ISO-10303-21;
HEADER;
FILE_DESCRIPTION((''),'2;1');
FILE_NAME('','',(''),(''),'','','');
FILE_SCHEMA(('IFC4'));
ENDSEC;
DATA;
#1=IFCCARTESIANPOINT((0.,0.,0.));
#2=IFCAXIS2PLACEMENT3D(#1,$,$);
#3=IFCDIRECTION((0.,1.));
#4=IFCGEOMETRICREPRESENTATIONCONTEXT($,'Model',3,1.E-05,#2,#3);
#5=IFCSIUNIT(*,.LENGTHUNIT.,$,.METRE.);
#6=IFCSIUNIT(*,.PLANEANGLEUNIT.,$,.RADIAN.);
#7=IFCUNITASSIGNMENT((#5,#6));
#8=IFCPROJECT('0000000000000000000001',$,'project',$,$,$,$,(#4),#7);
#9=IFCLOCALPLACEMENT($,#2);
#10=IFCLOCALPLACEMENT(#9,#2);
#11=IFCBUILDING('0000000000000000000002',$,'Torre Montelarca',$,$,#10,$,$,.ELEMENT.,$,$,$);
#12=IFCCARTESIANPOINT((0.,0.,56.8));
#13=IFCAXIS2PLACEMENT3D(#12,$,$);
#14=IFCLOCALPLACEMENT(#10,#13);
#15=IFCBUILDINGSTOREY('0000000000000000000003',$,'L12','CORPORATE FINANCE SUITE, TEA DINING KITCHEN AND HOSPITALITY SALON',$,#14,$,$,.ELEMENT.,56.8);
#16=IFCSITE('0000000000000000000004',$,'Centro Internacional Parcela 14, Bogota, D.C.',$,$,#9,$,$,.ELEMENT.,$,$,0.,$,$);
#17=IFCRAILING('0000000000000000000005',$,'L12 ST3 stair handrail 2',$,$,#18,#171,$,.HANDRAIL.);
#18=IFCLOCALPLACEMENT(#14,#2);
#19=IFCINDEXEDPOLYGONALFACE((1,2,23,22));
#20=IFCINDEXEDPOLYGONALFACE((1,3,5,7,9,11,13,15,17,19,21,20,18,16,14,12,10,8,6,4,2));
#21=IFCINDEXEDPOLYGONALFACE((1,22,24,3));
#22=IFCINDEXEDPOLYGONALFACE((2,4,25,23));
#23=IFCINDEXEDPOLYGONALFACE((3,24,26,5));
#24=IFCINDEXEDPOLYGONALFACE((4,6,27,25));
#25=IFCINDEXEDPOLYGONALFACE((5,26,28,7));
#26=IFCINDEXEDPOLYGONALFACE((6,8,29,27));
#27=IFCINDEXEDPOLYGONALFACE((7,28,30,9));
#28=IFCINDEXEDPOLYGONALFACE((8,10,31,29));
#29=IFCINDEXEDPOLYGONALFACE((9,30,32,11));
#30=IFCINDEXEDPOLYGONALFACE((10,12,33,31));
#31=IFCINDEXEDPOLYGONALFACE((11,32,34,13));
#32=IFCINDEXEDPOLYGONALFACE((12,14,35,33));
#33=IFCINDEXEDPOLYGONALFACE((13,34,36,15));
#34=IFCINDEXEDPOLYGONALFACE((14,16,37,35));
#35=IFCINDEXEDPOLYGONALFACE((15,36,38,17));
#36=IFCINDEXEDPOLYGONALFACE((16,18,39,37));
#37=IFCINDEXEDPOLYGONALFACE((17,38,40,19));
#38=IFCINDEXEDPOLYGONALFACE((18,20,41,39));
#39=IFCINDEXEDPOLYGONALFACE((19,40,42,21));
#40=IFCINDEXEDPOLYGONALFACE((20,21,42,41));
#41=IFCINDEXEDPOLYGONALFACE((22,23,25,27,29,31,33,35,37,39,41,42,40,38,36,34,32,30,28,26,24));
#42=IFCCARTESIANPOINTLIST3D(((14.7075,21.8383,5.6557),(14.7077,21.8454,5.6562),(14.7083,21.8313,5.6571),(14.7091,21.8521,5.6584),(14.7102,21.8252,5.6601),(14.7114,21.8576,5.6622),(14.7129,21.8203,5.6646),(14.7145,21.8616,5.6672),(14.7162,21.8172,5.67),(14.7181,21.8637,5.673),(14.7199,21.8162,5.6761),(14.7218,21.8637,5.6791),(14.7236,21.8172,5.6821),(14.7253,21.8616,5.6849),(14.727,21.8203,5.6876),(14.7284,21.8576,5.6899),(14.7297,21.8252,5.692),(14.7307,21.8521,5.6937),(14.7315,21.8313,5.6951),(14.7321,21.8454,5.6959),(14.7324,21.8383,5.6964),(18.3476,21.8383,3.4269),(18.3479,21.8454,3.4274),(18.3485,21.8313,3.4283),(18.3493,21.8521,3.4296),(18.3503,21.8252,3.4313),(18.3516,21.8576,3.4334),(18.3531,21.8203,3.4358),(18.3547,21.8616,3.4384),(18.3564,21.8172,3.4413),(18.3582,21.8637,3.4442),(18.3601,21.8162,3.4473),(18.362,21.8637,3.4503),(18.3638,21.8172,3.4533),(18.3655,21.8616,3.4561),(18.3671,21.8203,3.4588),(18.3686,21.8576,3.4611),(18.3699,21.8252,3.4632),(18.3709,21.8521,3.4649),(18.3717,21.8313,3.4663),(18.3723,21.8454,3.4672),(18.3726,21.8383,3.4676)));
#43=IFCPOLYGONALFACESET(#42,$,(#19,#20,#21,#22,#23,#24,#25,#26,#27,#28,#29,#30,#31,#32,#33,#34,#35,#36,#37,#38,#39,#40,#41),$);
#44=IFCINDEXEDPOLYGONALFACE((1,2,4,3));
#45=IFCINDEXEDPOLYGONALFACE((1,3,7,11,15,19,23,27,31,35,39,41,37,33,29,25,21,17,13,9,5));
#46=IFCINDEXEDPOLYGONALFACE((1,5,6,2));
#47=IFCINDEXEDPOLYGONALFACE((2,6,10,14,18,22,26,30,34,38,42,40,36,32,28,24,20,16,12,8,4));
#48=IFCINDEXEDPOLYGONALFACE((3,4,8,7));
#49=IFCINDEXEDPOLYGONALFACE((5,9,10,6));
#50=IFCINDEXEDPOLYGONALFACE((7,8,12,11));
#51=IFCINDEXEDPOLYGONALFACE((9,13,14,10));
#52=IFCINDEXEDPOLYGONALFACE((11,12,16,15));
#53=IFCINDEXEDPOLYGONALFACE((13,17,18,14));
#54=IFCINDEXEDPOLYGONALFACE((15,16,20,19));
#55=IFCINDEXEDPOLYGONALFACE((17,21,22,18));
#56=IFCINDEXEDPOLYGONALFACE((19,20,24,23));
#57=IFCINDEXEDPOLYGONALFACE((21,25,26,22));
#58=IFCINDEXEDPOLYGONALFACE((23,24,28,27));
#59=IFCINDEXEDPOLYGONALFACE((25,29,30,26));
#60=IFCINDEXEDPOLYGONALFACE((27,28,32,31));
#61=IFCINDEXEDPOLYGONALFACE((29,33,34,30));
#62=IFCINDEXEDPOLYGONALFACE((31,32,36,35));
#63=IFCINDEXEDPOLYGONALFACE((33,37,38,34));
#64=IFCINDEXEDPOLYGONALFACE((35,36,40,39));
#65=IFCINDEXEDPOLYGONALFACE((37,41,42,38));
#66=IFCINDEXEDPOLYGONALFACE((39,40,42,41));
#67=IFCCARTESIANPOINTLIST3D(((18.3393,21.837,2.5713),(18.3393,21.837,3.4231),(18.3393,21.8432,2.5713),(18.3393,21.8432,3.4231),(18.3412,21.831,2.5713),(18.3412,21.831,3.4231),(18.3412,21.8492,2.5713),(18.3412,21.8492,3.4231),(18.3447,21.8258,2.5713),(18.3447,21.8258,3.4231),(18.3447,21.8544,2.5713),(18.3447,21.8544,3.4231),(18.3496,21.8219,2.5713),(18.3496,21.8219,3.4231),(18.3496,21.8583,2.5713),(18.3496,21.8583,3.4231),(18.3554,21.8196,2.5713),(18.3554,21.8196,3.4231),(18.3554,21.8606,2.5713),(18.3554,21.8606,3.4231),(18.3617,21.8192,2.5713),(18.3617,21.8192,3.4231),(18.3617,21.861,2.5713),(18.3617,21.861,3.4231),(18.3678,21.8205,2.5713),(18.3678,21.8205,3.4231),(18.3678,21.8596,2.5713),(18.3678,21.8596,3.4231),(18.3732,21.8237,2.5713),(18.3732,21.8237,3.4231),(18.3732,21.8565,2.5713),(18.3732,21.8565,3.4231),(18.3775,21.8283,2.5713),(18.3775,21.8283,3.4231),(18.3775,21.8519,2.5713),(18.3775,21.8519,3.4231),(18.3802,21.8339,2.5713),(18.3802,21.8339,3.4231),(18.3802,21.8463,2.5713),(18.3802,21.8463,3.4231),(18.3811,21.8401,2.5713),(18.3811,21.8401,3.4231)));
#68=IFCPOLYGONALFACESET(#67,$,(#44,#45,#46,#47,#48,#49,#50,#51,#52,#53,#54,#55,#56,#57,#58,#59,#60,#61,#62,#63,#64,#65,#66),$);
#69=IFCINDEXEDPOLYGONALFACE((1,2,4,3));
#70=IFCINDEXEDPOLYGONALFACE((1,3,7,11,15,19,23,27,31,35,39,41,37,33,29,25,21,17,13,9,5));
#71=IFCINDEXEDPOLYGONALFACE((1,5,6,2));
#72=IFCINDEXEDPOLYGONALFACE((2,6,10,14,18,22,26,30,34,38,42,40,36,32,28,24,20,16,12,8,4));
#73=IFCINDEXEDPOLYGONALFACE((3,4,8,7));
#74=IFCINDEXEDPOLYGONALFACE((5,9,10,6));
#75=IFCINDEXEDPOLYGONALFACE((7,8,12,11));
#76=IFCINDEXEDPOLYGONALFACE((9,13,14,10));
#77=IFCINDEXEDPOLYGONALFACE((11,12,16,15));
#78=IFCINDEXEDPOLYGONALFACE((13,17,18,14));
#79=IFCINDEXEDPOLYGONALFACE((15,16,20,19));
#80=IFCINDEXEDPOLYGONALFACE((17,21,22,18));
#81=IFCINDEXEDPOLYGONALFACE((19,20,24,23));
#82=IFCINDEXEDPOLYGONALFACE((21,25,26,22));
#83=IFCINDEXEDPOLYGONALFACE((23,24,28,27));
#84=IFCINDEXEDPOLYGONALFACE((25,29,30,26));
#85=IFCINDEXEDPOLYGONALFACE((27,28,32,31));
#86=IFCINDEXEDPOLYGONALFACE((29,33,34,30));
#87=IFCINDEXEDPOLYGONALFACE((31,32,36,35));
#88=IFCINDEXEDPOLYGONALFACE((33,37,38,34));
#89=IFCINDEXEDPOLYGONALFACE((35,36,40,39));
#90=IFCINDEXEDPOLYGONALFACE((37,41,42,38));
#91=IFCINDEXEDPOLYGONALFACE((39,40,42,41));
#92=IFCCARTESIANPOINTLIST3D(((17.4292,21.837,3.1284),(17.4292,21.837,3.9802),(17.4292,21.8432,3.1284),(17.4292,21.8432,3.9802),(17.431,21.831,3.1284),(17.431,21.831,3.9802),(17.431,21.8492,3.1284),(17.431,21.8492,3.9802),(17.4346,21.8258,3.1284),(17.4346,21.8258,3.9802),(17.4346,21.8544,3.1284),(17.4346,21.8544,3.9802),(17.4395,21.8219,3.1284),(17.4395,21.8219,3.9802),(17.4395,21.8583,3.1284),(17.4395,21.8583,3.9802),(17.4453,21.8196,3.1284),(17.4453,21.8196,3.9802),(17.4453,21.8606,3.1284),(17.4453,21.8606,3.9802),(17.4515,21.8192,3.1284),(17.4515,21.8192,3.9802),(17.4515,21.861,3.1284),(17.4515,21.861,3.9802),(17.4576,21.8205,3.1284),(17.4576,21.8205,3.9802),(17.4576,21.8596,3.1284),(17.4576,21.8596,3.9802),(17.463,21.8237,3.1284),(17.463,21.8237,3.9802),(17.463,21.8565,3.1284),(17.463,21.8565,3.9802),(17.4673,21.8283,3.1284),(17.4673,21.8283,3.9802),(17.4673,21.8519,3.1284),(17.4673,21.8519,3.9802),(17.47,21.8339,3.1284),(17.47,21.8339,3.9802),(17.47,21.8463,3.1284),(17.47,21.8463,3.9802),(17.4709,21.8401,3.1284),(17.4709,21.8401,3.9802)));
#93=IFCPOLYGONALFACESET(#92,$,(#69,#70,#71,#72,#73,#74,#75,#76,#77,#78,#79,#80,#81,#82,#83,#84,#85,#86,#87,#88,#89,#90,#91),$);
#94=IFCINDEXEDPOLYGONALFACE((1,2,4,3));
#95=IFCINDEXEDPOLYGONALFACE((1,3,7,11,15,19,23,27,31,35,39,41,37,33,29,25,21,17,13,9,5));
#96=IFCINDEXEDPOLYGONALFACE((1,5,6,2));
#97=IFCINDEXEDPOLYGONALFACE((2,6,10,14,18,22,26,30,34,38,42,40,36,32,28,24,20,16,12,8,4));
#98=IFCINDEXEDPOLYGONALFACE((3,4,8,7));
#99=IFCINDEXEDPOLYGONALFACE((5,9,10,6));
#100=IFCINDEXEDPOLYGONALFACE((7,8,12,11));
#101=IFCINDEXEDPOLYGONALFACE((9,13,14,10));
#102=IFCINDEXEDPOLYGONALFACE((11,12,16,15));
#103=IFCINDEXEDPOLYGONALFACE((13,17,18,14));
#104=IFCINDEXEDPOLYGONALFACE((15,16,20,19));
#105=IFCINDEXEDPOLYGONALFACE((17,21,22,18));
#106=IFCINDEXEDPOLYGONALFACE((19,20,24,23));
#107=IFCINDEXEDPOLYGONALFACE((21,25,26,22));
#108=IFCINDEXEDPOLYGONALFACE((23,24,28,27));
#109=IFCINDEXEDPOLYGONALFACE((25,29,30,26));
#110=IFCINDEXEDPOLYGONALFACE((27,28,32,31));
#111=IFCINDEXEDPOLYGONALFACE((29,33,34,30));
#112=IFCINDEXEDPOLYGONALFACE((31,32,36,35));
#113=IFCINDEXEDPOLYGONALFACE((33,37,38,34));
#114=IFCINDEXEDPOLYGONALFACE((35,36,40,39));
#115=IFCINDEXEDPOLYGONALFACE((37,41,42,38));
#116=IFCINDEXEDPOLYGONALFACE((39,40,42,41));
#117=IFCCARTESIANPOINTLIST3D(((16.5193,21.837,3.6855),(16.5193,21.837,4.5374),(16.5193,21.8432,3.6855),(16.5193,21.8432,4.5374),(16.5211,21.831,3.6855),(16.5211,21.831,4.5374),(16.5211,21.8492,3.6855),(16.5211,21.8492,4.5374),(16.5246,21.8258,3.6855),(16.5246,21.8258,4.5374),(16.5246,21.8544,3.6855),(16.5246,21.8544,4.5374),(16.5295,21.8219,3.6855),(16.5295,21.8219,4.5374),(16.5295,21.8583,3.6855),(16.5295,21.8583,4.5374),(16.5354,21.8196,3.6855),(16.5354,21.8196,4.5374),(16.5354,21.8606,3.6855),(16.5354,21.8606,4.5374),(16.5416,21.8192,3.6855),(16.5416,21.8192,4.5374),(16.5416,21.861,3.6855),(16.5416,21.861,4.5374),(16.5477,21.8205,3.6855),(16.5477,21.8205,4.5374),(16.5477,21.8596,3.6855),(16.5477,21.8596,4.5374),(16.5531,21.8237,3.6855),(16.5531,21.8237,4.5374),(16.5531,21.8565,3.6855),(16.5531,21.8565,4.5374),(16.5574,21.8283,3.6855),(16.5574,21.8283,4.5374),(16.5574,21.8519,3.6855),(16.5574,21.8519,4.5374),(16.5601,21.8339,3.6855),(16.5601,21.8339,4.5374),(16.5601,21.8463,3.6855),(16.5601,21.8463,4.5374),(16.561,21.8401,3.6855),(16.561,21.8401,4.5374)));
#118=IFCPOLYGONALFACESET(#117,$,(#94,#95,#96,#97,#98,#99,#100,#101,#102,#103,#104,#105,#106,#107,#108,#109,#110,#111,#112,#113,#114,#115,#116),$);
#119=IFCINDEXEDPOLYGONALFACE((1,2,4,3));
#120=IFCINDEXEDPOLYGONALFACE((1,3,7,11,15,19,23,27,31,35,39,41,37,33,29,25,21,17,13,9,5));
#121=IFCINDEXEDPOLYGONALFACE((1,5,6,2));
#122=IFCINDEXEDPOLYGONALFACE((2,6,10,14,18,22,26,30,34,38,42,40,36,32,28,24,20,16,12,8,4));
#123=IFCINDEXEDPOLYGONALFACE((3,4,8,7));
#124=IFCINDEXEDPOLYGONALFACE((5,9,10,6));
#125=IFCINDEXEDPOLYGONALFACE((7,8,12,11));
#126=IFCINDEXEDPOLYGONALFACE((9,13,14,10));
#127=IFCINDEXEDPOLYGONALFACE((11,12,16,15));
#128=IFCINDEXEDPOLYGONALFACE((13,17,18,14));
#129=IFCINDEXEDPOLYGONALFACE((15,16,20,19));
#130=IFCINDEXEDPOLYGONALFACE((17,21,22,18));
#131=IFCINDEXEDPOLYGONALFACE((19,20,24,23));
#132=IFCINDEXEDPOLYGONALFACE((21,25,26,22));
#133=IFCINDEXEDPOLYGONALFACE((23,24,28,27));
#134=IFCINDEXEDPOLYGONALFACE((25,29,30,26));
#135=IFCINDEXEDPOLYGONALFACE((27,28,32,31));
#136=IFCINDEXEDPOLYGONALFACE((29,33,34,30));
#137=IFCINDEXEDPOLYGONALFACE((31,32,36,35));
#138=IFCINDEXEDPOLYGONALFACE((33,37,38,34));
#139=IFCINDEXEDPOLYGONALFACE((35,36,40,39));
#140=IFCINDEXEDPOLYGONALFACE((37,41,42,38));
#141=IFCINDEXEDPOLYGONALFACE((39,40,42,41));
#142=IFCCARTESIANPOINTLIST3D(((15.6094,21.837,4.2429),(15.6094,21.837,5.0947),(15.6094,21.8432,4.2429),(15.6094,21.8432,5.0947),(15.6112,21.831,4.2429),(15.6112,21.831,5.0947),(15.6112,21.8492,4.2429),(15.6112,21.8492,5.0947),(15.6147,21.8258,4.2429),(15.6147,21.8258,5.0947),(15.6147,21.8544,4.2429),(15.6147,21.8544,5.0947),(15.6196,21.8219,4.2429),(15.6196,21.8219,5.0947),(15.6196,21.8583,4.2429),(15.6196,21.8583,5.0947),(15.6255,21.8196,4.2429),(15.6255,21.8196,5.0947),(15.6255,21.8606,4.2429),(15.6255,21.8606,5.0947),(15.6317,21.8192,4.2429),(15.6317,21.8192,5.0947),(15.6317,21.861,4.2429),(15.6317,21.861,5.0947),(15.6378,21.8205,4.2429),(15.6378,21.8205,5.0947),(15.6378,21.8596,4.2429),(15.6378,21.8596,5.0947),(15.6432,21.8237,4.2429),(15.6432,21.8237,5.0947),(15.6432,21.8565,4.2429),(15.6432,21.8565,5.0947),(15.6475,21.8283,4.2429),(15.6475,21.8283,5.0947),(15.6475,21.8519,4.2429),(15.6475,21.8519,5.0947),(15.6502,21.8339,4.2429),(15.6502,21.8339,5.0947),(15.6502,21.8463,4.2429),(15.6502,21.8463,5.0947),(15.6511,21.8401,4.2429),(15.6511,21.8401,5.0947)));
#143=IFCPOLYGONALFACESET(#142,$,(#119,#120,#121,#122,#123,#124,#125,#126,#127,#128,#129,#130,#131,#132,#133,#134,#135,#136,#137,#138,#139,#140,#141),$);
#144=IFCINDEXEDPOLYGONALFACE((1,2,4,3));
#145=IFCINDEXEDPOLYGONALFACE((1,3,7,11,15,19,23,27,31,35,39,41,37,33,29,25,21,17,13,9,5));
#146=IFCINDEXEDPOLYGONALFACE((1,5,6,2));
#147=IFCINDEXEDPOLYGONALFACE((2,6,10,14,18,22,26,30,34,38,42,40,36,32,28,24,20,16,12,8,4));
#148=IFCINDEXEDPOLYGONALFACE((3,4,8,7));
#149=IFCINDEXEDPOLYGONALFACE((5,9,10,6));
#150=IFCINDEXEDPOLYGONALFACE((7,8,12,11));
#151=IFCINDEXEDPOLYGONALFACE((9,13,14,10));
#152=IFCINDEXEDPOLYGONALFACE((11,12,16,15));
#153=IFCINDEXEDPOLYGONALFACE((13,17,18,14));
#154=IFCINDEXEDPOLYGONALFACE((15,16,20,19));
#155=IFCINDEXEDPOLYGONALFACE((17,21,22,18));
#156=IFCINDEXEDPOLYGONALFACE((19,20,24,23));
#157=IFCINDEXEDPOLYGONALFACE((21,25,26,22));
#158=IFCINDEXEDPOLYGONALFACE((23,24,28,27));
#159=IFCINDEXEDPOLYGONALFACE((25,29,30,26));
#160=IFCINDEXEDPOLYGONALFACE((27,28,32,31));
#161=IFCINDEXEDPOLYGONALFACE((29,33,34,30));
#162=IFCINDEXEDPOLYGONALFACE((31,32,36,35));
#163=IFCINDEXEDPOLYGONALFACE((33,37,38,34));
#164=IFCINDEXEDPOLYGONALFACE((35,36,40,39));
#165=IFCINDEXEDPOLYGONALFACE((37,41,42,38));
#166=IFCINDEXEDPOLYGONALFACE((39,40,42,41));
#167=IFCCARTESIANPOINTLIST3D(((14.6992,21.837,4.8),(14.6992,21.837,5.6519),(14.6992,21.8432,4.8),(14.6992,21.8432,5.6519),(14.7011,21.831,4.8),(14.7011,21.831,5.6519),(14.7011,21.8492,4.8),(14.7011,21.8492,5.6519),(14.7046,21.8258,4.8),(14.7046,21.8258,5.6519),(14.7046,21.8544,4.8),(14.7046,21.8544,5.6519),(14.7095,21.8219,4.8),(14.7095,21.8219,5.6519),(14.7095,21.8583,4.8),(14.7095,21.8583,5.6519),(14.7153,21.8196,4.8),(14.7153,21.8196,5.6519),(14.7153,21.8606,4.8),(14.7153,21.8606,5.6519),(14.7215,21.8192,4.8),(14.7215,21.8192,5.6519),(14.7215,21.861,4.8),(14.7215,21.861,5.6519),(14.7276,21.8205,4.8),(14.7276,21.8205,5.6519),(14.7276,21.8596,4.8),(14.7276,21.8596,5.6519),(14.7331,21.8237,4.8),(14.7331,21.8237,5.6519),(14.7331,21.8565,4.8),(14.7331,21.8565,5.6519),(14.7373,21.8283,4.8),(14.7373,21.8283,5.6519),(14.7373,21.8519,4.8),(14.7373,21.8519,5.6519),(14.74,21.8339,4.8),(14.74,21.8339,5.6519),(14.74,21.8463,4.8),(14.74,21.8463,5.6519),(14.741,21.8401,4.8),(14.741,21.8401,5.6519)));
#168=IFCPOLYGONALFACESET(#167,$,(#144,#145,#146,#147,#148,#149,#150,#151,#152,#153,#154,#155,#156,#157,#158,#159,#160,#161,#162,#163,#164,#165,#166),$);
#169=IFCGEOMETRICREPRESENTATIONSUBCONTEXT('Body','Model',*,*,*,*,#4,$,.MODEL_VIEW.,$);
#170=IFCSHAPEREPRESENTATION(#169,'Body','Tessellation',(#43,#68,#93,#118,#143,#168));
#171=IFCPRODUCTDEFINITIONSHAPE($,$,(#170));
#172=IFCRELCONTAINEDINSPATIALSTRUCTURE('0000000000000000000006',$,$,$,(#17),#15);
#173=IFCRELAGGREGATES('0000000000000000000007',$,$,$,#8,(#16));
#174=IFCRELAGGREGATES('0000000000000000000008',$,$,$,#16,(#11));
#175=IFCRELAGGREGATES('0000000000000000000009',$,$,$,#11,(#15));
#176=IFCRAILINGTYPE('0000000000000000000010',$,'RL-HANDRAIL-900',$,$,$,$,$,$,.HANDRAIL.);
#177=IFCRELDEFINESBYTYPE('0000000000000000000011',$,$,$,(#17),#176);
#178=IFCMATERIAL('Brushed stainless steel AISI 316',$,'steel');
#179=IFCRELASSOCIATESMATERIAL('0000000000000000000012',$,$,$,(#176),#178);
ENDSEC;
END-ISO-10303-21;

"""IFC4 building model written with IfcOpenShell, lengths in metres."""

from ifc_helpers import new_model, si_unit, direction, frame, origin, origin_2d, place, context, subcontext, project, spatial, circle, extrude, material, type_object, element, save


model = new_model("IFC4")

# Units and contexts
model_context = context("Model", 3, precision=1e-05, world=origin(), true_north=direction((0.0, 1.0)))
body_context = subcontext(model_context, "Body", "Model", "MODEL_VIEW")
ifc_project = project(units=[si_unit("LENGTHUNIT", "METRE"), si_unit("PLANEANGLEUNIT", "RADIAN")], contexts=[model_context])

# Site, building, storey
site_placement = place(None, origin())
site = spatial("IfcSite", under=ifc_project, at=site_placement, Name="Centro Internacional Parcela 14, Bogota, D.C.", CompositionType="ELEMENT", RefElevation=0.0)
building_placement = place(site_placement, origin())
building = spatial("IfcBuilding", under=site, at=building_placement, Name="Torre Montelarca", CompositionType="ELEMENT")
storey_placement = place(building_placement, frame((0.0, 0.0, 56.8)))
storey = spatial("IfcBuildingStorey", under=building, at=storey_placement, Name="L12", Description="CORPORATE FINANCE SUITE, TEA DINING KITCHEN AND HOSPITALITY SALON", CompositionType="ELEMENT", Elevation=56.8)

# Railing
ifc_material_1 = material(Name="Brushed stainless steel AISI 316", Category="steel")
railing_type_1 = type_object("IfcRailingType", Name="RL-HANDRAIL-900", PredefinedType="HANDRAIL", material=ifc_material_1)
railing_1_placement = place(storey_placement, frame((18.3601, 21.8401, 2.5713)))
element("IfcRailing", 1, at=railing_1_placement, inside=storey, type_object=railing_type_1, Name="L12 ST3 stair handrail 2", PredefinedType="HANDRAIL", context=body_context, shape_type="SweptSolid", body=[
    extrude(circle(Radius=0.0239, at=origin_2d()), frame((0.0, 0.0, 0.876), z_axis=(-0.85284, 0.0, 0.522172), x_axis=(0.0, -1.0, 0.0)), (0.0, 0.0, 1.0), 4.2683),
    extrude(circle(Radius=0.021, at=origin_2d()), origin(), (0.0, 0.0, 1.0), 0.8518),
    extrude(circle(Radius=0.021, at=origin_2d()), frame((-0.9102, 0.0, 0.5571)), (0.0, 0.0, 1.0), 0.8518),
    extrude(circle(Radius=0.021, at=origin_2d()), frame((-1.8201, 0.0, 1.1143)), (0.0, 0.0, 1.0), 0.8518),
    extrude(circle(Radius=0.021, at=origin_2d()), frame((-2.73, 0.0, 1.6716)), (0.0, 0.0, 1.0), 0.8518),
    extrude(circle(Radius=0.021, at=origin_2d()), frame((-3.6401, 0.0, 2.2288)), (0.0, 0.0, 1.0), 0.8518),
])

save(model, "model.ifc")
